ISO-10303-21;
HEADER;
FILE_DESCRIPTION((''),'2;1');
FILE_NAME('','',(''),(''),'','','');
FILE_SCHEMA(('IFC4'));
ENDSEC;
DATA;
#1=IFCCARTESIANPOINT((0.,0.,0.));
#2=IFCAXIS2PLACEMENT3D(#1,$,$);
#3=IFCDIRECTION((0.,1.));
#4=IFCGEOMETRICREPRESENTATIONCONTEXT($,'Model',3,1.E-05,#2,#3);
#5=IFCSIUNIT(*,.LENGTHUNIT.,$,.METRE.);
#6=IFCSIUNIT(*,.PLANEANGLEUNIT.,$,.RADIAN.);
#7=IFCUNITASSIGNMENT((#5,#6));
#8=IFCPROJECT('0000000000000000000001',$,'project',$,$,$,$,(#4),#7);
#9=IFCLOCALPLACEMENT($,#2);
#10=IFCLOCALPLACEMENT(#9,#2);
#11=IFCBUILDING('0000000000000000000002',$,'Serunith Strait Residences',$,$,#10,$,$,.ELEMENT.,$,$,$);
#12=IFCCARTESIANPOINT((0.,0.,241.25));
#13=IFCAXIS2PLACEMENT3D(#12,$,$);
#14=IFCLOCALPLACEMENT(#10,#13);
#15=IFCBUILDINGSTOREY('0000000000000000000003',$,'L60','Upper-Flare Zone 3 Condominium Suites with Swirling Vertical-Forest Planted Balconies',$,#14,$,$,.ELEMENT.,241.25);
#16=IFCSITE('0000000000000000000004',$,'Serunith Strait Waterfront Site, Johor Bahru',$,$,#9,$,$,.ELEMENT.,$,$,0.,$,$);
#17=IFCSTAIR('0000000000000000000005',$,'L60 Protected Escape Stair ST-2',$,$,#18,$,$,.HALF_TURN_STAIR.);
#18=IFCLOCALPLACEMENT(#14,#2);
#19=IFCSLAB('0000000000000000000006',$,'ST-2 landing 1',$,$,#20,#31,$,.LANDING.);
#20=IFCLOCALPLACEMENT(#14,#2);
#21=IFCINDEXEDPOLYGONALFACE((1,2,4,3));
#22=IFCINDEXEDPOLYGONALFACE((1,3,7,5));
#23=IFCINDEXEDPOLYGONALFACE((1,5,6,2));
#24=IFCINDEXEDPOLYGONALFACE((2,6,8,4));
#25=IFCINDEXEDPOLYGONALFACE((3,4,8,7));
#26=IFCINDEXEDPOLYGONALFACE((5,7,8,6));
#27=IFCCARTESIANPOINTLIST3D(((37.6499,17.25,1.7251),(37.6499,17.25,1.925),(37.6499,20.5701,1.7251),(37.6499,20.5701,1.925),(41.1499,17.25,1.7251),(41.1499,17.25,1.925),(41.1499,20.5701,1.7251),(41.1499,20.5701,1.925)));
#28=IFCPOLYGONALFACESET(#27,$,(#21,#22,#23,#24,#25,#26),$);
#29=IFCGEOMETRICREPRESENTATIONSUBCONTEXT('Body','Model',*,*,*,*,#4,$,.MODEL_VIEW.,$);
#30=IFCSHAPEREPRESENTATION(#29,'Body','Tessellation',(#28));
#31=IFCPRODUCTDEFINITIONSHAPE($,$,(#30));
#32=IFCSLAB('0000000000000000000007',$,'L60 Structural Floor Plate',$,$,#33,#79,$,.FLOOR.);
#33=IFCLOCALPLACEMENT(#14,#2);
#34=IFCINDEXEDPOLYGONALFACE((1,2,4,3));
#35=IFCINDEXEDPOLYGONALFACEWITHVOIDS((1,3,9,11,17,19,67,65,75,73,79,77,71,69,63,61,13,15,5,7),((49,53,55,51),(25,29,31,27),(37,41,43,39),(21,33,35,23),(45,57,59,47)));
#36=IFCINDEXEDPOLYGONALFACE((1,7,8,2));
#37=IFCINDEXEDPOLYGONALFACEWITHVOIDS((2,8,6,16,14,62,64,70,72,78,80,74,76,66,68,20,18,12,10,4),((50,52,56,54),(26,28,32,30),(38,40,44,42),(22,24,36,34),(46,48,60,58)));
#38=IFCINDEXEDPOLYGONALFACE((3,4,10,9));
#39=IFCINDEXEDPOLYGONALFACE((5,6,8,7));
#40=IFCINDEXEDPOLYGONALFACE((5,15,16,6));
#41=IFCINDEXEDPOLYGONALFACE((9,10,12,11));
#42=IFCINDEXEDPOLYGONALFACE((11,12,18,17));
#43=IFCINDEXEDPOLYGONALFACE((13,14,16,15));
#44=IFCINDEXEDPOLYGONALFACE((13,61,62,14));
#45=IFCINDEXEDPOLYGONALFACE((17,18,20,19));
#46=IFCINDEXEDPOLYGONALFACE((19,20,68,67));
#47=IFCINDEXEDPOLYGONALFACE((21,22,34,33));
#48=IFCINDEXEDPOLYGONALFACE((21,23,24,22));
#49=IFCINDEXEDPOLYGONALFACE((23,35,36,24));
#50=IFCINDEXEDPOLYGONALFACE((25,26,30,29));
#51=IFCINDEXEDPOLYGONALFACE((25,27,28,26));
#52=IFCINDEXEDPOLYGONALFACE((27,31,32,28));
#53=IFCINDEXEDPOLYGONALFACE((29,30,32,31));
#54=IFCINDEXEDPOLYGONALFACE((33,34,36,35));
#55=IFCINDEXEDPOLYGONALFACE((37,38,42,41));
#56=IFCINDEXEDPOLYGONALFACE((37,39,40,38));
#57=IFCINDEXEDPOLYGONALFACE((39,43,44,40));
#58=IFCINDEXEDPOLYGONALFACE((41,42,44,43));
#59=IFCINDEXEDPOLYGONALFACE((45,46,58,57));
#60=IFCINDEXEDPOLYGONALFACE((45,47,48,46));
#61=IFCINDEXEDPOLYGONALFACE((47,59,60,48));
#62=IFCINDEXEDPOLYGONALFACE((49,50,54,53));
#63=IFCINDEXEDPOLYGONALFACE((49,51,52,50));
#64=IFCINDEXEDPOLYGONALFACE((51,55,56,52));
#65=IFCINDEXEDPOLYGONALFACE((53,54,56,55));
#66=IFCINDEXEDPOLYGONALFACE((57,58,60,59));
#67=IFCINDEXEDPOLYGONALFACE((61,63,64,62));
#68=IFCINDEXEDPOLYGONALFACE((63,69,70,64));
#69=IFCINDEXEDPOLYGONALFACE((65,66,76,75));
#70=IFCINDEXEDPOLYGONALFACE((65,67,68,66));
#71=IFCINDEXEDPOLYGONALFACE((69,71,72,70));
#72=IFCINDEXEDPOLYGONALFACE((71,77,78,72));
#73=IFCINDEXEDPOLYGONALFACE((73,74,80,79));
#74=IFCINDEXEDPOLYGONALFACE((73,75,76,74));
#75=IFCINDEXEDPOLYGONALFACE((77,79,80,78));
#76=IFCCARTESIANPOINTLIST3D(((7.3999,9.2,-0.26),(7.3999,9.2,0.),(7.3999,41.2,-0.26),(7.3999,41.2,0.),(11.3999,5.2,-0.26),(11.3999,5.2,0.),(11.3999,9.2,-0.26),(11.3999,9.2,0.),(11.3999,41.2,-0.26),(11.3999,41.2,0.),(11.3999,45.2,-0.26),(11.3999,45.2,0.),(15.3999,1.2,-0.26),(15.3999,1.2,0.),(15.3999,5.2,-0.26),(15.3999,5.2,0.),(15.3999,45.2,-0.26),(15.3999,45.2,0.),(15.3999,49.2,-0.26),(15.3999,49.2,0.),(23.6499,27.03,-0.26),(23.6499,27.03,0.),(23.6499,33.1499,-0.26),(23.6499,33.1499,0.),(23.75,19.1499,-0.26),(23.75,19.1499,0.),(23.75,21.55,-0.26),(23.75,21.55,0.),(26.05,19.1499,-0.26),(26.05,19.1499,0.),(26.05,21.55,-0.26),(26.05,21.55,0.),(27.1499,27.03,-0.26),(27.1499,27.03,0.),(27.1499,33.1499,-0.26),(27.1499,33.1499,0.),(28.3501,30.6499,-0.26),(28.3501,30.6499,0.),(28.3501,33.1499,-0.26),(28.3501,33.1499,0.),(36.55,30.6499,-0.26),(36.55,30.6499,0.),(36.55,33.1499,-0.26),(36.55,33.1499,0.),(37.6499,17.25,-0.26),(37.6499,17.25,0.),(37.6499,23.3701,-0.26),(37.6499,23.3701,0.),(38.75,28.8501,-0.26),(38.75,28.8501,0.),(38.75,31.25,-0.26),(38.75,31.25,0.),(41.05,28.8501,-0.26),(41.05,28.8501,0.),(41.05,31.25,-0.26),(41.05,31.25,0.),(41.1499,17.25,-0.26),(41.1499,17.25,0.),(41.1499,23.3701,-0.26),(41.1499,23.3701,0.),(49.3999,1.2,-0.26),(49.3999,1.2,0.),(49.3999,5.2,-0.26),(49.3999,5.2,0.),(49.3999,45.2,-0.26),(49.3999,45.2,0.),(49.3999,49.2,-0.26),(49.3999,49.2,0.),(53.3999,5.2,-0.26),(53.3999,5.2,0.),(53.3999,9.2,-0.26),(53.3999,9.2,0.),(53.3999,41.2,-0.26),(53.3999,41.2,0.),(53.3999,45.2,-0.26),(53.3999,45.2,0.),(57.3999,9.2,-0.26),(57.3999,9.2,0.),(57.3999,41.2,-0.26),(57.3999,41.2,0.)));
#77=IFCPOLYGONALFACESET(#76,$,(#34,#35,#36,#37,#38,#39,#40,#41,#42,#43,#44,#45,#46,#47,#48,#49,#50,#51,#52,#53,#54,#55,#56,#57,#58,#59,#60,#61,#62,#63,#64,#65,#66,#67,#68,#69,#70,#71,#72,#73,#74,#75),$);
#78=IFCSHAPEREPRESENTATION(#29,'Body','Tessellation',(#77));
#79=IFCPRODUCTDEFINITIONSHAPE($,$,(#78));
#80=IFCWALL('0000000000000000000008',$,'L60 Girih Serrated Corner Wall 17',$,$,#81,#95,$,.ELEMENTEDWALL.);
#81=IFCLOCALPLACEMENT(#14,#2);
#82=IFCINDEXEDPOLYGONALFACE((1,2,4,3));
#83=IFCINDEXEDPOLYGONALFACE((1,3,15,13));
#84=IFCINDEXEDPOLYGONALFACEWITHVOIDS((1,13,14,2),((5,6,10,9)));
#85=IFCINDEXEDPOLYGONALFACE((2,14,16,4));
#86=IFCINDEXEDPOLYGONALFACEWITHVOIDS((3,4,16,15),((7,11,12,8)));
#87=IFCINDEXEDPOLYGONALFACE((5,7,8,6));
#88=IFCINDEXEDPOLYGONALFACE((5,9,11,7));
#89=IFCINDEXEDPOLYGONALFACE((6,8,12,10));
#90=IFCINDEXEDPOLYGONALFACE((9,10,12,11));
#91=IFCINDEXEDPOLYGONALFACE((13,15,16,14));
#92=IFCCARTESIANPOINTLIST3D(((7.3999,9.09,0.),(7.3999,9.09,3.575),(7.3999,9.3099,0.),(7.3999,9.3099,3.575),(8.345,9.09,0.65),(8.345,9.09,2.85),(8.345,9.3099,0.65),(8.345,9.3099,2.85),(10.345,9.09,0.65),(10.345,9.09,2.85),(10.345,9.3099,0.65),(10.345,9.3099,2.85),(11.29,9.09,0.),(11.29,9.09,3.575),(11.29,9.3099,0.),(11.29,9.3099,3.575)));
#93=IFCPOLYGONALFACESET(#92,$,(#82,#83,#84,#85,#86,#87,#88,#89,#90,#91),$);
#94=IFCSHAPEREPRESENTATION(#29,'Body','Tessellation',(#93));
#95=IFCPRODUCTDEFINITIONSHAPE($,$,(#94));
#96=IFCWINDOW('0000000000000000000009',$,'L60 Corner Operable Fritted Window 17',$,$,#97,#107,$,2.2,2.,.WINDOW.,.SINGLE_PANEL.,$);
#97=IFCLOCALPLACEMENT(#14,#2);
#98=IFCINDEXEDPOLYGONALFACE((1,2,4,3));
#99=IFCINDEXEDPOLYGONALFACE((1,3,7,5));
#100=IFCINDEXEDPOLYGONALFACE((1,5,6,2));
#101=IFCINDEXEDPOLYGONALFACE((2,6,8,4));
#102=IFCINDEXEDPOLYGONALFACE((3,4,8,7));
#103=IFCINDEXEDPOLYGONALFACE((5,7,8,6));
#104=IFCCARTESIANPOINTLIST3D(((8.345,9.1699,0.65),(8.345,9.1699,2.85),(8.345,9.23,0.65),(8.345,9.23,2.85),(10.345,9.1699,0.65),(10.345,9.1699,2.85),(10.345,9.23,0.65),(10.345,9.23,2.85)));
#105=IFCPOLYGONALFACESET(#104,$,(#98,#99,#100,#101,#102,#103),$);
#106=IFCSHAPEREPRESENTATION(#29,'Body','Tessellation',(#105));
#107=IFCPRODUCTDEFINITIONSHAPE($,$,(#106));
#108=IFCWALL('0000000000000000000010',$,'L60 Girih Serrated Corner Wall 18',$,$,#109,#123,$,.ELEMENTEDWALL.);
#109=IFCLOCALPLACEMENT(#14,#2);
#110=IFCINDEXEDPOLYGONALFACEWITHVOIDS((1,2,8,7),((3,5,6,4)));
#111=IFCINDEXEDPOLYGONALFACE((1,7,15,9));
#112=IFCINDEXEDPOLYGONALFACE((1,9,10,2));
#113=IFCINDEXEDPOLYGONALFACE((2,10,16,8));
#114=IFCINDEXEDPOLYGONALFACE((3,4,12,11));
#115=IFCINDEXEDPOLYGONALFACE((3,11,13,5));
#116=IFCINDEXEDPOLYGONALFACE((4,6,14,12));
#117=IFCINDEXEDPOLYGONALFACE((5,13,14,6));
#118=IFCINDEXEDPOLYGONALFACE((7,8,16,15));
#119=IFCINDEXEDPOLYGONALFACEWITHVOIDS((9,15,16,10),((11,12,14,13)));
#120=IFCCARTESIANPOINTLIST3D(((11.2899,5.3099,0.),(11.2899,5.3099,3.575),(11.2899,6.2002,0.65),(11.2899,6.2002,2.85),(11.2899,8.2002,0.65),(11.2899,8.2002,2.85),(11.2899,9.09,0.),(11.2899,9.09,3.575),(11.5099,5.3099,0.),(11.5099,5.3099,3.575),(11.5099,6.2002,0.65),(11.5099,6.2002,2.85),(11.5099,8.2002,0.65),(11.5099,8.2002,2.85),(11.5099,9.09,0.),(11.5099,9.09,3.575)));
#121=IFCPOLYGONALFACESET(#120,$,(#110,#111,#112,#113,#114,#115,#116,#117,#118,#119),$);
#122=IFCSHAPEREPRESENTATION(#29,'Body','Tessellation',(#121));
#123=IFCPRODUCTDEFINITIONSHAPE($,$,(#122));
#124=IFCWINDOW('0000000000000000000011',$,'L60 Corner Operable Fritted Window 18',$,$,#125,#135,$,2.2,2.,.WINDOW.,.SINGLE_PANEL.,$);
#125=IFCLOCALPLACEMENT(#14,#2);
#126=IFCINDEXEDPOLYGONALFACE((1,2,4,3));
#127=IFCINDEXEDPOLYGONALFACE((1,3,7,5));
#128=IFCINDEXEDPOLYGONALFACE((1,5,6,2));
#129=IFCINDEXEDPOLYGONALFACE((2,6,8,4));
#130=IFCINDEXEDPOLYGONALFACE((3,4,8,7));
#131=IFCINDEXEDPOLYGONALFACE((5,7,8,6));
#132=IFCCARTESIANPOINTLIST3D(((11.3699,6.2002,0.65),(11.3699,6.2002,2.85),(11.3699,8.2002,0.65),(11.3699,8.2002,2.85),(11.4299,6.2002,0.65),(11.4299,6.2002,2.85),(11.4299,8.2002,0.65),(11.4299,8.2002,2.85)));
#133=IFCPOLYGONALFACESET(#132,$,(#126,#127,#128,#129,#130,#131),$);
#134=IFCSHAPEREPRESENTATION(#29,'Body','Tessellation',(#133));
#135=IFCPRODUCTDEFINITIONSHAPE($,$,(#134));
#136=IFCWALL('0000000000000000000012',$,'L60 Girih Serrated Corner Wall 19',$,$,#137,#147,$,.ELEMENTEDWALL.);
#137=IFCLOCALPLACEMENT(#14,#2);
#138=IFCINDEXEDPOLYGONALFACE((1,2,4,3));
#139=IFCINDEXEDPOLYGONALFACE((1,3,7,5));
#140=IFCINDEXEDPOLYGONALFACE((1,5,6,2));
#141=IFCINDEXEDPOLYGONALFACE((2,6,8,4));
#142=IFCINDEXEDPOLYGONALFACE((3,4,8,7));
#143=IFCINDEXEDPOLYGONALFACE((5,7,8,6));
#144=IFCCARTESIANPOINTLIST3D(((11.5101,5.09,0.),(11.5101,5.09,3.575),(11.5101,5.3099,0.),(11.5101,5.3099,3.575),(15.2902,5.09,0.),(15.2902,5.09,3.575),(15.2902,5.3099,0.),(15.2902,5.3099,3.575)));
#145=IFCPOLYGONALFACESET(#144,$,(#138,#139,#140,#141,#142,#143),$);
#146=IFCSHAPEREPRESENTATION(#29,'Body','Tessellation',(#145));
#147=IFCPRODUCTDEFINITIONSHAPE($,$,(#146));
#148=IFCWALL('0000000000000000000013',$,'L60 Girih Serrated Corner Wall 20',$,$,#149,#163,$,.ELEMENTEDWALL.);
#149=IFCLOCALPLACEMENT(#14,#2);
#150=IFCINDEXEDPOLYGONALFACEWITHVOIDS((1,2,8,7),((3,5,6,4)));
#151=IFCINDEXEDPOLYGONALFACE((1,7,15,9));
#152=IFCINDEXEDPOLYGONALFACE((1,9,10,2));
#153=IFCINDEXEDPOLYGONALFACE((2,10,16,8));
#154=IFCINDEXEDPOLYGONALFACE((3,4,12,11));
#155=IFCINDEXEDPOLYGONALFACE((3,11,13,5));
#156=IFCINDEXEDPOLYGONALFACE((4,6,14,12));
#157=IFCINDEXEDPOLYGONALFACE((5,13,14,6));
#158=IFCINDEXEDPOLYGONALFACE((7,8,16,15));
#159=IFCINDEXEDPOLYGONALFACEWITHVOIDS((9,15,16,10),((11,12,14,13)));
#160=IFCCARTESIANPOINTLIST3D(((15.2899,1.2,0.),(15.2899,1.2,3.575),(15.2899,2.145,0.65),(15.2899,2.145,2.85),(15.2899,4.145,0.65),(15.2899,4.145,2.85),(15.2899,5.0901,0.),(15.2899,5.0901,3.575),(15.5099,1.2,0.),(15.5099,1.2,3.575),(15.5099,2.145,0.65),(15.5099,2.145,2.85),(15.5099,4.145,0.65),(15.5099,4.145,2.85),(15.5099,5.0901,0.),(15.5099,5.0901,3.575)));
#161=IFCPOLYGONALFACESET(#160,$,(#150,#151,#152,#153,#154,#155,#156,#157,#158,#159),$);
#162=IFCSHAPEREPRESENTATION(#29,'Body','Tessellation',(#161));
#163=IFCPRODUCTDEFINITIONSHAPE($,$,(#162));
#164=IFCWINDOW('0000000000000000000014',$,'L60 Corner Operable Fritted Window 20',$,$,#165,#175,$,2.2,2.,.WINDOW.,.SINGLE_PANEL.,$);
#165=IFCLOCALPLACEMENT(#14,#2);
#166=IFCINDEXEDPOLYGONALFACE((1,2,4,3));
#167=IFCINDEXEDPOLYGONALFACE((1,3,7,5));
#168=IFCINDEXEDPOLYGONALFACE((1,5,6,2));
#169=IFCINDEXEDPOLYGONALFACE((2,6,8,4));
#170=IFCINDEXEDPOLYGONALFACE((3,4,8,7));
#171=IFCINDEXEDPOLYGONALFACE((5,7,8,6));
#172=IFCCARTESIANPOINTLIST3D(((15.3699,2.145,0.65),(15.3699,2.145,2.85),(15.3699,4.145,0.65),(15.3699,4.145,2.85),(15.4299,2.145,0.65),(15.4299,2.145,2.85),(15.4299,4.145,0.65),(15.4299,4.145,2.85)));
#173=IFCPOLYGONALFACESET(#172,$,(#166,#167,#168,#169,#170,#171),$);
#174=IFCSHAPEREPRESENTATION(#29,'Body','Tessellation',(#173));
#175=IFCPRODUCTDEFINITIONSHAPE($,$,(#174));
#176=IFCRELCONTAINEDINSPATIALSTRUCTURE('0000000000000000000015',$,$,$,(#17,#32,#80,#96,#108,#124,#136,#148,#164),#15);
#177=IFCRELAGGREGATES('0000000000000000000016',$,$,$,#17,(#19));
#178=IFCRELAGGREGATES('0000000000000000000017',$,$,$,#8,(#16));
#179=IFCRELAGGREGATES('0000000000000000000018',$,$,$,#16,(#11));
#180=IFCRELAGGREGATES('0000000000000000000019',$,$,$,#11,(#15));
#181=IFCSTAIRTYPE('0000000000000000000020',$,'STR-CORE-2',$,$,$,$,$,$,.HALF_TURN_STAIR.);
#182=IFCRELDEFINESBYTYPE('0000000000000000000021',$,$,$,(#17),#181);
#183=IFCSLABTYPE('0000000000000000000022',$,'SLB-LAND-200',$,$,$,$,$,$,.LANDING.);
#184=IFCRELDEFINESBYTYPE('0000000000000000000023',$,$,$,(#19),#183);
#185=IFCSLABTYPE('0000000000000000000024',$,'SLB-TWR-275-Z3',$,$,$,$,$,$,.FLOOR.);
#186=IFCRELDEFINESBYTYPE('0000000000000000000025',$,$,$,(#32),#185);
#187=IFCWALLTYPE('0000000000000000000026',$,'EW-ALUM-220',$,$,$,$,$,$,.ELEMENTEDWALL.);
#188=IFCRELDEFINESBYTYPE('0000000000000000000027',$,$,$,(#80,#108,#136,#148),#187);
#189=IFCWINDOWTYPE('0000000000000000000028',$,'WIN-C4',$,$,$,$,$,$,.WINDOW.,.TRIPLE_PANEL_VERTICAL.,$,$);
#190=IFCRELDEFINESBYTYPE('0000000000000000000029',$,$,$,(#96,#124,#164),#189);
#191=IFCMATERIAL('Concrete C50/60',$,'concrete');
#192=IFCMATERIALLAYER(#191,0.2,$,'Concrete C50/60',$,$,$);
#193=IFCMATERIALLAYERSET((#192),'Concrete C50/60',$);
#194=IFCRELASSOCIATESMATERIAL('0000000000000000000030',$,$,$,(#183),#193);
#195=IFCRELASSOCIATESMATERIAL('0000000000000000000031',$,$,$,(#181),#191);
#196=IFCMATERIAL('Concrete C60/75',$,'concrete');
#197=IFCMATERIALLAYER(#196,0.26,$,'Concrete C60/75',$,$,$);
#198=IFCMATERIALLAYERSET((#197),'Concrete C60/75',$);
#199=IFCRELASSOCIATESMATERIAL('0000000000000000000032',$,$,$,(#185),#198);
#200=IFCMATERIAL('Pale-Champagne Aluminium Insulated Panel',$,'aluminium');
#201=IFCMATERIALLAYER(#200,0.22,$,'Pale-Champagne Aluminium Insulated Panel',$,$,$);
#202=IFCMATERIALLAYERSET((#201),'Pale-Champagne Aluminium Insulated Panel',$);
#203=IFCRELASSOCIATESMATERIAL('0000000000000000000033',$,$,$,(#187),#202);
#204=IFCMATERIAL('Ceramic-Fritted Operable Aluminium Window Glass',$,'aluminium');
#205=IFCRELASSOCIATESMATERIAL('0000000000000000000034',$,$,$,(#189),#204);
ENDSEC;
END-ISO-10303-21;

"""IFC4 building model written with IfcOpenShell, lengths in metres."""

from ifc_helpers import new_model, si_unit, direction, frame, frame_2d, origin, place, context, subcontext, project, spatial, polyline, rectangle, outline, extrude, source, transform, mapped, material, layer, layer_set, type_object, element, fill, aggregate, save


model = new_model("IFC4")

# Units and contexts
model_context = context("Model", 3, precision=1e-05, world=origin(), true_north=direction((0.0, 1.0)))
body_context = subcontext(model_context, "Body", "Model", "MODEL_VIEW")
ifc_project = project(units=[si_unit("LENGTHUNIT", "METRE"), si_unit("PLANEANGLEUNIT", "RADIAN")], contexts=[model_context])

# Site, building, storey
site_placement = place(None, origin())
site = spatial("IfcSite", under=ifc_project, at=site_placement, Name="Serunith Strait Waterfront Site, Johor Bahru", CompositionType="ELEMENT", RefElevation=0.0)
building_placement = place(site_placement, origin())
building = spatial("IfcBuilding", under=site, at=building_placement, Name="Serunith Strait Residences", CompositionType="ELEMENT")
storey_placement = place(building_placement, frame((0.0, 0.0, 241.25)))
storey = spatial("IfcBuildingStorey", under=building, at=storey_placement, Name="L60", Description="Upper-Flare Zone 3 Condominium Suites with Swirling Vertical-Forest Planted Balconies", CompositionType="ELEMENT", Elevation=241.25)

# Shared definitions
ifc_material_1 = material(Name="Concrete C50/60", Category="concrete")

# Stair, slab
ifc_layer_1 = layer(ifc_material_1, 0.2, Name="Concrete C50/60")
ifc_layer_set_1 = layer_set([ifc_layer_1], Name="Concrete C50/60")
slab_type_1 = type_object("IfcSlabType", Name="SLB-LAND-200", PredefinedType="LANDING", material=ifc_layer_set_1)
stair_type_1 = type_object("IfcStairType", Name="STR-CORE-2", PredefinedType="HALF_TURN_STAIR", material=ifc_material_1)
stair_1_placement = place(storey_placement, origin())
stair_1 = element("IfcStair", 1, at=stair_1_placement, inside=storey, type_object=stair_type_1, Name="L60 Protected Escape Stair ST-2", PredefinedType="HALF_TURN_STAIR")
slab_1_placement = place(storey_placement, frame((0.0, 0.0, 1.7251)))
slab_1 = element("IfcSlab", 2, at=slab_1_placement, type_object=slab_type_1, Name="ST-2 landing 1", PredefinedType="LANDING", context=body_context, shape_type="SweptSolid", body=[
    extrude(outline(polyline([(37.6499, 20.5701), (37.6499, 17.25), (41.1499, 17.25), (41.1499, 20.5701), (37.6499, 20.5701)])), origin(), (0.0, 0.0, 1.0), 0.2),
])
aggregate(stair_1, [slab_1])

# Slab
ifc_material_2 = material(Name="Concrete C60/75", Category="concrete")
ifc_layer_2 = layer(ifc_material_2, 0.26, Name="Concrete C60/75")
ifc_layer_set_2 = layer_set([ifc_layer_2], Name="Concrete C60/75")
slab_type_2 = type_object("IfcSlabType", Name="SLB-TWR-275-Z3", PredefinedType="FLOOR", material=ifc_layer_set_2)
slab_2_placement = place(storey_placement, frame((0.0, 0.0, -0.26)))
element("IfcSlab", 3, at=slab_2_placement, inside=storey, type_object=slab_type_2, Name="L60 Structural Floor Plate", PredefinedType="FLOOR", context=body_context, shape_type="SweptSolid", body=[
    extrude(outline(polyline([(15.3999, 5.2), (11.3999, 5.2), (11.3999, 9.2), (7.3999, 9.2), (7.3999, 41.2), (11.3999, 41.2), (11.3999, 45.2), (15.3999, 45.2), (15.3999, 49.2), (49.3999, 49.2), (49.3999, 45.2), (53.3999, 45.2), (53.3999, 41.2), (57.3999, 41.2), (57.3999, 9.2), (53.3999, 9.2), (53.3999, 5.2), (49.3999, 5.2), (49.3999, 1.2), (15.3999, 1.2), (15.3999, 5.2)]), holes=[polyline([(41.1499, 23.3701), (37.6499, 23.3701), (37.6499, 17.25), (41.1499, 17.25), (41.1499, 23.3701)]), polyline([(38.75, 31.25), (38.75, 28.8501), (41.05, 28.8501), (41.05, 31.25), (38.75, 31.25)]), polyline([(36.55, 33.1499), (28.3501, 33.1499), (28.3501, 30.6499), (36.55, 30.6499), (36.55, 33.1499)]), polyline([(23.6499, 33.1499), (23.6499, 27.03), (27.1499, 27.03), (27.1499, 33.1499), (23.6499, 33.1499)]), polyline([(23.75, 21.55), (23.75, 19.1499), (26.05, 19.1499), (26.05, 21.55), (23.75, 21.55)])]), origin(), (0.0, 0.0, 1.0), 0.26),
])

# Walls, openings, windows
ifc_material_3 = material(Name="Pale-Champagne Aluminium Insulated Panel", Category="aluminium")
ifc_layer_3 = layer(ifc_material_3, 0.22, Name="Pale-Champagne Aluminium Insulated Panel")
ifc_layer_set_3 = layer_set([ifc_layer_3], Name="Pale-Champagne Aluminium Insulated Panel")
wall_type_1 = type_object("IfcWallType", Name="EW-ALUM-220", PredefinedType="ELEMENTEDWALL", material=ifc_layer_set_3)
wall_1_placement = place(storey_placement, frame((7.3999, 9.2, 0.0), z_axis=(0.0, 0.0, 1.0), x_axis=(1.0, 0.0, 0.0)))
wall_1 = element("IfcWall", 4, at=wall_1_placement, inside=storey, type_object=wall_type_1, Name="L60 Girih Serrated Corner Wall 17", PredefinedType="ELEMENTEDWALL", context=body_context, shape_type="SweptSolid", body=[
    extrude(rectangle(XDim=3.8901, YDim=0.22, at=frame_2d((1.9451, 0.0))), origin(), (0.0, 0.0, 1.0), 3.575),
])
opening_1_placement = place(wall_1_placement, frame((0.9451, 0.0, 0.6499)))
opening_1 = element("IfcOpeningElement", 5, at=opening_1_placement, cuts=wall_1, PredefinedType="OPENING", context=body_context, shape_type="SweptSolid", body=[
    extrude(rectangle(XDim=2.0, YDim=2.2, at=frame_2d((1.0, 1.1001))), frame((0.0, 0.1201, 0.0), z_axis=(0.0, -1.0, 0.0), x_axis=(1.0, 0.0, 0.0)), (0.0, 0.0, 1.0), 0.24),
])
ifc_material_4 = material(Name="Ceramic-Fritted Operable Aluminium Window Glass", Category="aluminium")
window_type = type_object("IfcWindowType", Name="WIN-C4", PartitioningType="TRIPLE_PANEL_VERTICAL", PredefinedType="WINDOW", material=ifc_material_4)
shared_shape_1 = source(origin(), body_context, "Body", "SweptSolid", [
    extrude(rectangle(XDim=2.0, YDim=2.2, at=frame_2d((1.0, 1.1001))), frame((0.0, 0.03, 0.0), z_axis=(0.0, -1.0, 0.0), x_axis=(1.0, 0.0, 0.0)), (0.0, 0.0, 1.0), 0.0601),
])
window_1_placement = place(opening_1_placement, origin())
window_1 = element("IfcWindow", 6, at=window_1_placement, inside=storey, type_object=window_type, Name="L60 Corner Operable Fritted Window 17", OverallHeight=2.2, OverallWidth=2.0, PartitioningType="SINGLE_PANEL", PredefinedType="WINDOW", context=body_context, shape_type="MappedRepresentation", body=[
    mapped(shared_shape_1, transform((0.0, 0.0, 0.0), scale=1.0)),
])
fill(opening_1, window_1)
wall_2_placement = place(storey_placement, frame((11.3999, 9.0901, 0.0), z_axis=(0.0, 0.0, 1.0), x_axis=(0.0, -1.0, 0.0)))
wall_2 = element("IfcWall", 7, at=wall_2_placement, inside=storey, type_object=wall_type_1, Name="L60 Girih Serrated Corner Wall 18", PredefinedType="ELEMENTEDWALL", context=body_context, shape_type="SweptSolid", body=[
    extrude(rectangle(XDim=3.78, YDim=0.22, at=frame_2d((1.8901, 0.0))), origin(), (0.0, 0.0, 1.0), 3.575),
])
opening_2_placement = place(wall_2_placement, frame((0.8899, 0.0, 0.6499)))
opening_2 = element("IfcOpeningElement", 8, at=opening_2_placement, cuts=wall_2, PredefinedType="OPENING", context=body_context, shape_type="SweptSolid", body=[
    extrude(rectangle(XDim=2.0, YDim=2.2, at=frame_2d((1.0, 1.1001))), frame((0.0, 0.1201, 0.0), z_axis=(0.0, -1.0, 0.0), x_axis=(1.0, 0.0, 0.0)), (0.0, 0.0, 1.0), 0.24),
])
window_2_placement = place(opening_2_placement, origin())
window_2 = element("IfcWindow", 9, at=window_2_placement, inside=storey, type_object=window_type, Name="L60 Corner Operable Fritted Window 18", OverallHeight=2.2, OverallWidth=2.0, PartitioningType="SINGLE_PANEL", PredefinedType="WINDOW", context=body_context, shape_type="MappedRepresentation", body=[
    mapped(shared_shape_1, transform((0.0, 0.0, 0.0), scale=1.0)),
])
fill(opening_2, window_2)

# Wall
wall_3_placement = place(storey_placement, frame((11.51, 5.2, 0.0), z_axis=(0.0, 0.0, 1.0), x_axis=(1.0, 0.0, 0.0)))
element("IfcWall", 10, at=wall_3_placement, inside=storey, type_object=wall_type_1, Name="L60 Girih Serrated Corner Wall 19", PredefinedType="ELEMENTEDWALL", context=body_context, shape_type="SweptSolid", body=[
    extrude(rectangle(XDim=3.78, YDim=0.22, at=frame_2d((1.8901, 0.0))), origin(), (0.0, 0.0, 1.0), 3.575),
])

# Wall, opening, window
wall_4_placement = place(storey_placement, frame((15.3999, 5.0901, 0.0), z_axis=(0.0, 0.0, 1.0), x_axis=(0.0, -1.0, 0.0)))
wall_4 = element("IfcWall", 11, at=wall_4_placement, inside=storey, type_object=wall_type_1, Name="L60 Girih Serrated Corner Wall 20", PredefinedType="ELEMENTEDWALL", context=body_context, shape_type="SweptSolid", body=[
    extrude(rectangle(XDim=3.8901, YDim=0.22, at=frame_2d((1.9451, 0.0))), origin(), (0.0, 0.0, 1.0), 3.575),
])
opening_3_placement = place(wall_4_placement, frame((0.9451, 0.0, 0.6499)))
opening_3 = element("IfcOpeningElement", 12, at=opening_3_placement, cuts=wall_4, PredefinedType="OPENING", context=body_context, shape_type="SweptSolid", body=[
    extrude(rectangle(XDim=2.0, YDim=2.2, at=frame_2d((1.0, 1.1001))), frame((0.0, 0.1201, 0.0), z_axis=(0.0, -1.0, 0.0), x_axis=(1.0, 0.0, 0.0)), (0.0, 0.0, 1.0), 0.24),
])
window_3_placement = place(opening_3_placement, origin())
window_3 = element("IfcWindow", 13, at=window_3_placement, inside=storey, type_object=window_type, Name="L60 Corner Operable Fritted Window 20", OverallHeight=2.2, OverallWidth=2.0, PartitioningType="SINGLE_PANEL", PredefinedType="WINDOW", context=body_context, shape_type="MappedRepresentation", body=[
    mapped(shared_shape_1, transform((0.0, 0.0, 0.0), scale=1.0)),
])
fill(opening_3, window_3)

save(model, "model.ifc")
